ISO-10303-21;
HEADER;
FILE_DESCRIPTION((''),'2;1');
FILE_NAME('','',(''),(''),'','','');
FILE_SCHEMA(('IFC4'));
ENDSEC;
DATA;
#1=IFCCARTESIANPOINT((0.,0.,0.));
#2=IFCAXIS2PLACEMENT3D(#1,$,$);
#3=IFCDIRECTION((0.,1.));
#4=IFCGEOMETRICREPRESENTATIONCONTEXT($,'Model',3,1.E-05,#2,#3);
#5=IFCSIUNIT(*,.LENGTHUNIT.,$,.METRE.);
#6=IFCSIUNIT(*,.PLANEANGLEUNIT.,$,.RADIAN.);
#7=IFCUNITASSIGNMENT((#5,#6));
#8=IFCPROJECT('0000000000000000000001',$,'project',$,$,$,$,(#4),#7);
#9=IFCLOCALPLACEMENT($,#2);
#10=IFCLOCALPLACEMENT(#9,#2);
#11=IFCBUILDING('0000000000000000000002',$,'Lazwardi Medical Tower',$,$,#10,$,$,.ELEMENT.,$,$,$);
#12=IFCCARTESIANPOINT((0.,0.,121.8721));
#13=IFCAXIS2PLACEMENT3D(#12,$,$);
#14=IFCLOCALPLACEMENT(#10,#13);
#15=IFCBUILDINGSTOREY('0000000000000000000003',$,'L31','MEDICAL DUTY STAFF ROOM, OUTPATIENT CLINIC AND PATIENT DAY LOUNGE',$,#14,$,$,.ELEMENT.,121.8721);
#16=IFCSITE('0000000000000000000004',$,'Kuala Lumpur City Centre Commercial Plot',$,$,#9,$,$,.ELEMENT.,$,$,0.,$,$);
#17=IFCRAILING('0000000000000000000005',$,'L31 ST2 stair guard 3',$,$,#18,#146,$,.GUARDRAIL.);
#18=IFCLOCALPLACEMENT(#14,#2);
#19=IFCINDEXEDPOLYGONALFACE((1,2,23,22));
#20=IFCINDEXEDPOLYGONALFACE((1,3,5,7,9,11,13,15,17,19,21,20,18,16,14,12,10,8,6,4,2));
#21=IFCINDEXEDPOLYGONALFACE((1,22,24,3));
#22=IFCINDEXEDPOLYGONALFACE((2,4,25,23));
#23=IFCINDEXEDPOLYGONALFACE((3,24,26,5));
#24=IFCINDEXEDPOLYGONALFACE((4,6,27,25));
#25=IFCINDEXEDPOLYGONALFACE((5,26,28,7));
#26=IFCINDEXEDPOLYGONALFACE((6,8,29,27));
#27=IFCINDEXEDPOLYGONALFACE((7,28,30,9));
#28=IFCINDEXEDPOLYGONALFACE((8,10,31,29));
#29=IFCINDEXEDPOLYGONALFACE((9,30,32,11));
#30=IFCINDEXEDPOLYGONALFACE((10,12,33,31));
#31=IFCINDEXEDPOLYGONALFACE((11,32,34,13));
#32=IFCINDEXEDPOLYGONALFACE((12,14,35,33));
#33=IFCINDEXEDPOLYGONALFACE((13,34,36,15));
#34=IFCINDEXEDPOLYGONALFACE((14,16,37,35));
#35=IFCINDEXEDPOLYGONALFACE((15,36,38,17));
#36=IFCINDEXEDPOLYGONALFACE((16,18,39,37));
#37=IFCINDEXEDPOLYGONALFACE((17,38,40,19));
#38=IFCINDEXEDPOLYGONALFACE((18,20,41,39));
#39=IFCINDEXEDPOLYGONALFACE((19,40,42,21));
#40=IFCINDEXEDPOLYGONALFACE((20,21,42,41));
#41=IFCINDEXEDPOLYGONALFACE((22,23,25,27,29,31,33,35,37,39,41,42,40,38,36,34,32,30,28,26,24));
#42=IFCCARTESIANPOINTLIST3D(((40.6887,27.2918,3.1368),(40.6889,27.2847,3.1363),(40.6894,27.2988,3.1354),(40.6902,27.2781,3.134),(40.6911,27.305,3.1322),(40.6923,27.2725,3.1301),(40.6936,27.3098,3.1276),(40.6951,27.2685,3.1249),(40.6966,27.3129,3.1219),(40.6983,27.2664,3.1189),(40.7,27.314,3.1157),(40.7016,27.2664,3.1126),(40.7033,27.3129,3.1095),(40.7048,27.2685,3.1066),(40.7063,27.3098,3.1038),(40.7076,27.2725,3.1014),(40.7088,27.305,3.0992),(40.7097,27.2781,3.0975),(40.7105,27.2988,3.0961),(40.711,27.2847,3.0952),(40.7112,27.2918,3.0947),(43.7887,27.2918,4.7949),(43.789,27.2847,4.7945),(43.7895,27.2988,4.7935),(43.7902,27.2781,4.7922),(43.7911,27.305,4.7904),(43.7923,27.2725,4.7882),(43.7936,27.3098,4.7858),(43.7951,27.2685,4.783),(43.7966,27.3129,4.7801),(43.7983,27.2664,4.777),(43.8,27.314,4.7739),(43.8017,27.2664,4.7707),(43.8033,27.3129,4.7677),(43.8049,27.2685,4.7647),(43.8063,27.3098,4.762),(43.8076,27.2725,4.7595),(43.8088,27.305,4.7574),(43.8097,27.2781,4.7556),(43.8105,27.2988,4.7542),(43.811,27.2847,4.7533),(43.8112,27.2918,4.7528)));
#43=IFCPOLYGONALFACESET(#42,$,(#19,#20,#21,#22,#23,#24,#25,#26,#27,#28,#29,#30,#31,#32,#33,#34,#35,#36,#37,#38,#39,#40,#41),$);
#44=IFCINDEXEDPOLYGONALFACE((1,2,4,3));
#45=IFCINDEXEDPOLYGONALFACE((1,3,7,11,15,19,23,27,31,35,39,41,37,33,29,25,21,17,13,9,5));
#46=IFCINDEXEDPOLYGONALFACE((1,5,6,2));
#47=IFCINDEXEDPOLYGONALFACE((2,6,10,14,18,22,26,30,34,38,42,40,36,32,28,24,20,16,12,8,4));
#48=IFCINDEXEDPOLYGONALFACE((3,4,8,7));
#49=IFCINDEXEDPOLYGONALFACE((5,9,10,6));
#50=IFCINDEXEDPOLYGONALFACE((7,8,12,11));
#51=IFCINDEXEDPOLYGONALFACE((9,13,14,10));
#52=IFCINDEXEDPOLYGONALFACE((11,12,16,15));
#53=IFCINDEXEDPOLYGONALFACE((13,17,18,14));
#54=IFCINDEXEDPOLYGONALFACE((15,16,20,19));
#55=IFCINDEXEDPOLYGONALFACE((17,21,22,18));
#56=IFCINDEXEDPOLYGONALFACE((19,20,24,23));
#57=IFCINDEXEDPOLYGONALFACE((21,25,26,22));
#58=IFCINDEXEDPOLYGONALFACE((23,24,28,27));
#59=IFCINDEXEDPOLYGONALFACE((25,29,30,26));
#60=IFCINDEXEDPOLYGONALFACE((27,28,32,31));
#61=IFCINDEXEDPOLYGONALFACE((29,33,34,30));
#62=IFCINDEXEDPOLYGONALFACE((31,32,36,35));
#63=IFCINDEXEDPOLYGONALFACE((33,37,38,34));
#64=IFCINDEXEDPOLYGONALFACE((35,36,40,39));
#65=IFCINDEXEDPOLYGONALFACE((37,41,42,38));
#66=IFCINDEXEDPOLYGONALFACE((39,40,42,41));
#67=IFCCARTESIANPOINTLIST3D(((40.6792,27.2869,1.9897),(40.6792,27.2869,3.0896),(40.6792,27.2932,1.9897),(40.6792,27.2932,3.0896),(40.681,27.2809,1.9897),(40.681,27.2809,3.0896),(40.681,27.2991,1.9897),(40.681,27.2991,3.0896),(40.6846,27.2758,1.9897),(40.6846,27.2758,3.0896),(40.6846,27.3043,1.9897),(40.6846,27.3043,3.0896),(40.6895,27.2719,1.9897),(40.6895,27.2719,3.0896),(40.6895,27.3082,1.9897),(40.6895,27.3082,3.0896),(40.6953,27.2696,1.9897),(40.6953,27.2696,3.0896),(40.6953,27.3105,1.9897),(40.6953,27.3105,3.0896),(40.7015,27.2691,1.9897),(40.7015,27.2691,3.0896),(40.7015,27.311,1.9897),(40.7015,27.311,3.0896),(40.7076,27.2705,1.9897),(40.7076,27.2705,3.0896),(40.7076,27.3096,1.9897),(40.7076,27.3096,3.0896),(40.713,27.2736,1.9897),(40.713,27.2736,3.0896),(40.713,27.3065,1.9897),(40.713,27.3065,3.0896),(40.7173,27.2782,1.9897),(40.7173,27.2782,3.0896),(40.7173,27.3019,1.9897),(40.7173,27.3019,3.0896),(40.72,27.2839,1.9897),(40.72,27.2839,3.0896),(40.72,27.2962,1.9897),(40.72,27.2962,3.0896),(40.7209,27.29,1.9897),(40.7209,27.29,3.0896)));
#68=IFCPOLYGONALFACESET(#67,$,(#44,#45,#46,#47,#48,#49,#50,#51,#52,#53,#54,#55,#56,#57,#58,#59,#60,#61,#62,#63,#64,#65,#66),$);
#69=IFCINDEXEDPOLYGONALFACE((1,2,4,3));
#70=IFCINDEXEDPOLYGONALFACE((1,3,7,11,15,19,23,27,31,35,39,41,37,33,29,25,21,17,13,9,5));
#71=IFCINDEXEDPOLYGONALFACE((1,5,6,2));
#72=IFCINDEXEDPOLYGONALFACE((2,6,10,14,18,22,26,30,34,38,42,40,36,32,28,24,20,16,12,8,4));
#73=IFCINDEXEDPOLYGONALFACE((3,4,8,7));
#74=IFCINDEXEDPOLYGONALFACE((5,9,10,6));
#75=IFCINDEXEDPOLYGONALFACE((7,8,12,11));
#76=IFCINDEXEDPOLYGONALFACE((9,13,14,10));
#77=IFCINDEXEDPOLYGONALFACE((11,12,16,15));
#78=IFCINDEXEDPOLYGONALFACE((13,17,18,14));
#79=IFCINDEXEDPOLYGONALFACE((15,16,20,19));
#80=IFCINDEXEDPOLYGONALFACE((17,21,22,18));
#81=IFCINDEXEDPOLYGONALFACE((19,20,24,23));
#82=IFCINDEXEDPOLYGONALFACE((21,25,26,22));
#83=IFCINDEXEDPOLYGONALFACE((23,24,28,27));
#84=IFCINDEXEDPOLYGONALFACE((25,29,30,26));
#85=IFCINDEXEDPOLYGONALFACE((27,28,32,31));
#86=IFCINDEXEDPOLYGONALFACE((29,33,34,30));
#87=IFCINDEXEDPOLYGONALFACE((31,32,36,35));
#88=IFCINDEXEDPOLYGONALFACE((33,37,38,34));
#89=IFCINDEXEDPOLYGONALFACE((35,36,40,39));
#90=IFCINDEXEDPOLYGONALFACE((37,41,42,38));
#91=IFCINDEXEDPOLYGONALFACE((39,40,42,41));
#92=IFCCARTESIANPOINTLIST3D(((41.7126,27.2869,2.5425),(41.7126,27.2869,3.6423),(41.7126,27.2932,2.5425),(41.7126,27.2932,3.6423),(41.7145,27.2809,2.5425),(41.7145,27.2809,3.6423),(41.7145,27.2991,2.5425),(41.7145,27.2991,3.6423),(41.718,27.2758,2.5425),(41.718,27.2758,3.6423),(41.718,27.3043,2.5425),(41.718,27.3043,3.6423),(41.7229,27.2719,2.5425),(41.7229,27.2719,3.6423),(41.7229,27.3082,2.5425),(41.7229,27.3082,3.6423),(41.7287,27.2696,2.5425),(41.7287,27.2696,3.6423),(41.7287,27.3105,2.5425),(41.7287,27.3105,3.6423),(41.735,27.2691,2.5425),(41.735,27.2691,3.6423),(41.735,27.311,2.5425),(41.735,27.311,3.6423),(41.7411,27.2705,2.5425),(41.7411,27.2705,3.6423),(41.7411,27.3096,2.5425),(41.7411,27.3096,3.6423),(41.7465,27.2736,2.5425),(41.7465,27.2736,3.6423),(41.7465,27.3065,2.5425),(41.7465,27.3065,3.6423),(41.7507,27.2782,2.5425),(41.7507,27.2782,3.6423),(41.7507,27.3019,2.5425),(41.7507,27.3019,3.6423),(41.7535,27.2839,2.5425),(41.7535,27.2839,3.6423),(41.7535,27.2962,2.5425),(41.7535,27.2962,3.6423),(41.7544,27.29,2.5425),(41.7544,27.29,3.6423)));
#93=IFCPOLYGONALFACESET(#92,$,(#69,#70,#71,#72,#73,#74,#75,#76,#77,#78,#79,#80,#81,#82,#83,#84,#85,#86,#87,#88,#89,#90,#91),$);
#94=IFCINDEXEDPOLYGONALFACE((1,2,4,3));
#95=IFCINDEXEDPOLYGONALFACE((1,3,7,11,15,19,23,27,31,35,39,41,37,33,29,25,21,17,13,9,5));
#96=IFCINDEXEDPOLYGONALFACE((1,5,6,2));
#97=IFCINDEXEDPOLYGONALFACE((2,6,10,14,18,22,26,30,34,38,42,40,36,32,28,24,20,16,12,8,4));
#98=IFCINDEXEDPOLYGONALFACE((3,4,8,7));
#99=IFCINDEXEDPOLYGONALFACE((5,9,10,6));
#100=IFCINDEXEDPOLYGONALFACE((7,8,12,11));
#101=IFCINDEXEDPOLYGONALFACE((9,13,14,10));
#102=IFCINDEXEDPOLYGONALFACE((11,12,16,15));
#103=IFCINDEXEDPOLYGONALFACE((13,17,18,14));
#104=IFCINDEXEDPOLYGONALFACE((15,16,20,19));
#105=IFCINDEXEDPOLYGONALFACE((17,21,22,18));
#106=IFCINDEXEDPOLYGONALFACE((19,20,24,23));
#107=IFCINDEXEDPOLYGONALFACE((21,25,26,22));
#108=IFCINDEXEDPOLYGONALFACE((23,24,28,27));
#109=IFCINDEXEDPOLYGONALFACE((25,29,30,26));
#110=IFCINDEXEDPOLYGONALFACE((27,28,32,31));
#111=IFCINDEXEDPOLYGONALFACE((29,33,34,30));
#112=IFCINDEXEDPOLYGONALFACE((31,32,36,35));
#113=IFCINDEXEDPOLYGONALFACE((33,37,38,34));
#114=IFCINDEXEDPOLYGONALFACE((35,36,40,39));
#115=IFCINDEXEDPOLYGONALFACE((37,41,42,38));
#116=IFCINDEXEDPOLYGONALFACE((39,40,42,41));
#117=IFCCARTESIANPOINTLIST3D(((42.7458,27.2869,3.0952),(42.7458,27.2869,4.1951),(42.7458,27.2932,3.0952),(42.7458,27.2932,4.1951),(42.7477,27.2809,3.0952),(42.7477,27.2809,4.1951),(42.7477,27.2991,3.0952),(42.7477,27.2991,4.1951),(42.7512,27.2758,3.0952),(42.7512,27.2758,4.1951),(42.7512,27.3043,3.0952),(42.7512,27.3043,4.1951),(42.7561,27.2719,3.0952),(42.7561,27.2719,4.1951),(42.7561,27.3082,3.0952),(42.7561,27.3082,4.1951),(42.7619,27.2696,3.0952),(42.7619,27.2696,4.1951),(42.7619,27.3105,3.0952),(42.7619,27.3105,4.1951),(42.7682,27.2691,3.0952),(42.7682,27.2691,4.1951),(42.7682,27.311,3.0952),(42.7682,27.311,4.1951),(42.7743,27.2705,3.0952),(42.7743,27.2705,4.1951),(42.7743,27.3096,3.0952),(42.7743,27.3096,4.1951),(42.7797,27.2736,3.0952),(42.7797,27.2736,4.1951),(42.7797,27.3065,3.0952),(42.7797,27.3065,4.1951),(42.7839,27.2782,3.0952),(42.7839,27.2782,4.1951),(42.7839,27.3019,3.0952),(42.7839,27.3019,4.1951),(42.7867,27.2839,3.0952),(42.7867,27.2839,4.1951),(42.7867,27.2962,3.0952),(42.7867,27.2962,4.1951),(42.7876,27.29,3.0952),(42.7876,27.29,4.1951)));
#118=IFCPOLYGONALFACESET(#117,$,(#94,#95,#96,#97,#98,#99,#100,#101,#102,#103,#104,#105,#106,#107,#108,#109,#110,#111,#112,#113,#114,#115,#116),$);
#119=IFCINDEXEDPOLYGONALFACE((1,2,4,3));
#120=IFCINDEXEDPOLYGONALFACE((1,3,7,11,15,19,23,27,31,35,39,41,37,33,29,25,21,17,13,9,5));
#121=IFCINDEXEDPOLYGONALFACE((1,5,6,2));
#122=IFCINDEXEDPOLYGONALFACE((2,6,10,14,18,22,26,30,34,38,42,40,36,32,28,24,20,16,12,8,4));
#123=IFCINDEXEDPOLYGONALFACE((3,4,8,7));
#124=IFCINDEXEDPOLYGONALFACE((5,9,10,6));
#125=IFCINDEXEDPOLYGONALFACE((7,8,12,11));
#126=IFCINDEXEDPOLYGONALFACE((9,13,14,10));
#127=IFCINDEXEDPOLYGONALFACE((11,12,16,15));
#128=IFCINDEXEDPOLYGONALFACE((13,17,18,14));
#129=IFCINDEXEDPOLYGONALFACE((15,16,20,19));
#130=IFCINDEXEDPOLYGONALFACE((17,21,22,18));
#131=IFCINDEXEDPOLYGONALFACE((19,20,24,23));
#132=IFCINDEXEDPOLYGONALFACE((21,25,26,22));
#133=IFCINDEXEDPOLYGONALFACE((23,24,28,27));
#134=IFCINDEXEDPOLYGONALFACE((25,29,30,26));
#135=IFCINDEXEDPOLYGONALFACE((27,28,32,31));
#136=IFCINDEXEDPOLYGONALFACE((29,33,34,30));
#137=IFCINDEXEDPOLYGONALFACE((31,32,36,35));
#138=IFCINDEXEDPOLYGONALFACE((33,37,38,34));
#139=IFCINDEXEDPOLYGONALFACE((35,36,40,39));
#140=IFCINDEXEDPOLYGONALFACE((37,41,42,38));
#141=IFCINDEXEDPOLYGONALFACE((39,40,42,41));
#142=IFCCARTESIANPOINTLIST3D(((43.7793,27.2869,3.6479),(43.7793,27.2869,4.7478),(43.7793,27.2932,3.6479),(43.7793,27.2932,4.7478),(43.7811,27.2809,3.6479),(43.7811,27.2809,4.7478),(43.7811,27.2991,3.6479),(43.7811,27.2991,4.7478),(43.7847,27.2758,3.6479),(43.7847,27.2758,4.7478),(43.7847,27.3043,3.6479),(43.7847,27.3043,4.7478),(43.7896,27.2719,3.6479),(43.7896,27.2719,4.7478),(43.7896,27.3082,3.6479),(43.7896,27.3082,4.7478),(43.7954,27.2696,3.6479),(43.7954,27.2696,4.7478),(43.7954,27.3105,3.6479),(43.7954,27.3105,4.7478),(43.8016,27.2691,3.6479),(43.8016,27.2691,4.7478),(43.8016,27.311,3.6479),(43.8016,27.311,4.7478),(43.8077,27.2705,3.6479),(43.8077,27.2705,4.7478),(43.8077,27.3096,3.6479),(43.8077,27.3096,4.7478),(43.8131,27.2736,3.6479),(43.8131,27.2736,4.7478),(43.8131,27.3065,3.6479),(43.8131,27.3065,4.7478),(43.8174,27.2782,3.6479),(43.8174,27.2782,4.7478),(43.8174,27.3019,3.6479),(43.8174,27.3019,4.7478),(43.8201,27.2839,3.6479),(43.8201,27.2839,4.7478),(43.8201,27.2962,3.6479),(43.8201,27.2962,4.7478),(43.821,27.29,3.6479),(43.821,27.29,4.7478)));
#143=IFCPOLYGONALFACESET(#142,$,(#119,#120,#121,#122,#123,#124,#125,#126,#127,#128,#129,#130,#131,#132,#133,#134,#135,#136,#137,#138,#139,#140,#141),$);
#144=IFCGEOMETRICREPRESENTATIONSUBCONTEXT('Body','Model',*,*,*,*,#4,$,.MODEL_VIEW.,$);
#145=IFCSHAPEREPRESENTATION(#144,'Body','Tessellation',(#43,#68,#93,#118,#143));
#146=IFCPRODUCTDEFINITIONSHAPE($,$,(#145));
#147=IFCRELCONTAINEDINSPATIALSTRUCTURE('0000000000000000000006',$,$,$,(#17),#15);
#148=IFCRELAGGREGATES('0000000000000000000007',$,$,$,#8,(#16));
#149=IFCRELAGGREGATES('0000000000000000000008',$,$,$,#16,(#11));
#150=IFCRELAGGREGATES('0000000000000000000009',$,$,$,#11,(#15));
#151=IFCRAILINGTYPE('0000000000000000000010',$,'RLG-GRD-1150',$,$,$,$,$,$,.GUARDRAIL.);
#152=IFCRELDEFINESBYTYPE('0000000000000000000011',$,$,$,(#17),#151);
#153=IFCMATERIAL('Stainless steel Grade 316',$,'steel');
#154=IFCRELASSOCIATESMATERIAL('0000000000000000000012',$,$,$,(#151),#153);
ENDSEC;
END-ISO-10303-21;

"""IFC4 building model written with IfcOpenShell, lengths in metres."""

from ifc_helpers import new_model, si_unit, direction, frame, origin, origin_2d, place, context, subcontext, project, spatial, circle, extrude, material, type_object, element, save


model = new_model("IFC4")

# Units and contexts
model_context = context("Model", 3, precision=1e-05, world=origin(), true_north=direction((0.0, 1.0)))
body_context = subcontext(model_context, "Body", "Model", "MODEL_VIEW")
ifc_project = project(units=[si_unit("LENGTHUNIT", "METRE"), si_unit("PLANEANGLEUNIT", "RADIAN")], contexts=[model_context])

# Site, building, storey
site_placement = place(None, origin())
site = spatial("IfcSite", under=ifc_project, at=site_placement, Name="Kuala Lumpur City Centre Commercial Plot", CompositionType="ELEMENT", RefElevation=0.0)
building_placement = place(site_placement, origin())
building = spatial("IfcBuilding", under=site, at=building_placement, Name="Lazwardi Medical Tower", CompositionType="ELEMENT")
storey_placement = place(building_placement, frame((0.0, 0.0, 121.8721)))
storey = spatial("IfcBuildingStorey", under=building, at=storey_placement, Name="L31", Description="MEDICAL DUTY STAFF ROOM, OUTPATIENT CLINIC AND PATIENT DAY LOUNGE", CompositionType="ELEMENT", Elevation=121.8721)

# Railing
ifc_material_1 = material(Name="Stainless steel Grade 316", Category="steel")
railing_type_1 = type_object("IfcRailingType", Name="RLG-GRD-1150", PredefinedType="GUARDRAIL", material=ifc_material_1)
railing_1_placement = place(storey_placement, frame((40.7, 27.29, 1.9897)))
element("IfcRailing", 1, at=railing_1_placement, inside=storey, type_object=railing_type_1, Name="L31 ST2 stair guard 3", PredefinedType="GUARDRAIL", context=body_context, shape_type="SweptSolid", body=[
    extrude(circle(Radius=0.0239, at=origin_2d()), frame((0.0, 0.0, 1.126), z_axis=(0.881783, 0.0, 0.471655), x_axis=(0.0, 1.0, 0.0)), (0.0, 0.0, 1.0), 3.5156),
    extrude(circle(Radius=0.021, at=origin_2d()), origin(), (0.0, 0.0, 1.0), 1.0999),
    extrude(circle(Radius=0.021, at=origin_2d()), frame((1.0334, 0.0, 0.5527)), (0.0, 0.0, 1.0), 1.0999),
    extrude(circle(Radius=0.021, at=origin_2d()), frame((2.0667, 0.0, 1.1055)), (0.0, 0.0, 1.0), 1.0999),
    extrude(circle(Radius=0.021, at=origin_2d()), frame((3.1001, 0.0, 1.6582)), (0.0, 0.0, 1.0), 1.0999),
])

save(model, "model.ifc")
